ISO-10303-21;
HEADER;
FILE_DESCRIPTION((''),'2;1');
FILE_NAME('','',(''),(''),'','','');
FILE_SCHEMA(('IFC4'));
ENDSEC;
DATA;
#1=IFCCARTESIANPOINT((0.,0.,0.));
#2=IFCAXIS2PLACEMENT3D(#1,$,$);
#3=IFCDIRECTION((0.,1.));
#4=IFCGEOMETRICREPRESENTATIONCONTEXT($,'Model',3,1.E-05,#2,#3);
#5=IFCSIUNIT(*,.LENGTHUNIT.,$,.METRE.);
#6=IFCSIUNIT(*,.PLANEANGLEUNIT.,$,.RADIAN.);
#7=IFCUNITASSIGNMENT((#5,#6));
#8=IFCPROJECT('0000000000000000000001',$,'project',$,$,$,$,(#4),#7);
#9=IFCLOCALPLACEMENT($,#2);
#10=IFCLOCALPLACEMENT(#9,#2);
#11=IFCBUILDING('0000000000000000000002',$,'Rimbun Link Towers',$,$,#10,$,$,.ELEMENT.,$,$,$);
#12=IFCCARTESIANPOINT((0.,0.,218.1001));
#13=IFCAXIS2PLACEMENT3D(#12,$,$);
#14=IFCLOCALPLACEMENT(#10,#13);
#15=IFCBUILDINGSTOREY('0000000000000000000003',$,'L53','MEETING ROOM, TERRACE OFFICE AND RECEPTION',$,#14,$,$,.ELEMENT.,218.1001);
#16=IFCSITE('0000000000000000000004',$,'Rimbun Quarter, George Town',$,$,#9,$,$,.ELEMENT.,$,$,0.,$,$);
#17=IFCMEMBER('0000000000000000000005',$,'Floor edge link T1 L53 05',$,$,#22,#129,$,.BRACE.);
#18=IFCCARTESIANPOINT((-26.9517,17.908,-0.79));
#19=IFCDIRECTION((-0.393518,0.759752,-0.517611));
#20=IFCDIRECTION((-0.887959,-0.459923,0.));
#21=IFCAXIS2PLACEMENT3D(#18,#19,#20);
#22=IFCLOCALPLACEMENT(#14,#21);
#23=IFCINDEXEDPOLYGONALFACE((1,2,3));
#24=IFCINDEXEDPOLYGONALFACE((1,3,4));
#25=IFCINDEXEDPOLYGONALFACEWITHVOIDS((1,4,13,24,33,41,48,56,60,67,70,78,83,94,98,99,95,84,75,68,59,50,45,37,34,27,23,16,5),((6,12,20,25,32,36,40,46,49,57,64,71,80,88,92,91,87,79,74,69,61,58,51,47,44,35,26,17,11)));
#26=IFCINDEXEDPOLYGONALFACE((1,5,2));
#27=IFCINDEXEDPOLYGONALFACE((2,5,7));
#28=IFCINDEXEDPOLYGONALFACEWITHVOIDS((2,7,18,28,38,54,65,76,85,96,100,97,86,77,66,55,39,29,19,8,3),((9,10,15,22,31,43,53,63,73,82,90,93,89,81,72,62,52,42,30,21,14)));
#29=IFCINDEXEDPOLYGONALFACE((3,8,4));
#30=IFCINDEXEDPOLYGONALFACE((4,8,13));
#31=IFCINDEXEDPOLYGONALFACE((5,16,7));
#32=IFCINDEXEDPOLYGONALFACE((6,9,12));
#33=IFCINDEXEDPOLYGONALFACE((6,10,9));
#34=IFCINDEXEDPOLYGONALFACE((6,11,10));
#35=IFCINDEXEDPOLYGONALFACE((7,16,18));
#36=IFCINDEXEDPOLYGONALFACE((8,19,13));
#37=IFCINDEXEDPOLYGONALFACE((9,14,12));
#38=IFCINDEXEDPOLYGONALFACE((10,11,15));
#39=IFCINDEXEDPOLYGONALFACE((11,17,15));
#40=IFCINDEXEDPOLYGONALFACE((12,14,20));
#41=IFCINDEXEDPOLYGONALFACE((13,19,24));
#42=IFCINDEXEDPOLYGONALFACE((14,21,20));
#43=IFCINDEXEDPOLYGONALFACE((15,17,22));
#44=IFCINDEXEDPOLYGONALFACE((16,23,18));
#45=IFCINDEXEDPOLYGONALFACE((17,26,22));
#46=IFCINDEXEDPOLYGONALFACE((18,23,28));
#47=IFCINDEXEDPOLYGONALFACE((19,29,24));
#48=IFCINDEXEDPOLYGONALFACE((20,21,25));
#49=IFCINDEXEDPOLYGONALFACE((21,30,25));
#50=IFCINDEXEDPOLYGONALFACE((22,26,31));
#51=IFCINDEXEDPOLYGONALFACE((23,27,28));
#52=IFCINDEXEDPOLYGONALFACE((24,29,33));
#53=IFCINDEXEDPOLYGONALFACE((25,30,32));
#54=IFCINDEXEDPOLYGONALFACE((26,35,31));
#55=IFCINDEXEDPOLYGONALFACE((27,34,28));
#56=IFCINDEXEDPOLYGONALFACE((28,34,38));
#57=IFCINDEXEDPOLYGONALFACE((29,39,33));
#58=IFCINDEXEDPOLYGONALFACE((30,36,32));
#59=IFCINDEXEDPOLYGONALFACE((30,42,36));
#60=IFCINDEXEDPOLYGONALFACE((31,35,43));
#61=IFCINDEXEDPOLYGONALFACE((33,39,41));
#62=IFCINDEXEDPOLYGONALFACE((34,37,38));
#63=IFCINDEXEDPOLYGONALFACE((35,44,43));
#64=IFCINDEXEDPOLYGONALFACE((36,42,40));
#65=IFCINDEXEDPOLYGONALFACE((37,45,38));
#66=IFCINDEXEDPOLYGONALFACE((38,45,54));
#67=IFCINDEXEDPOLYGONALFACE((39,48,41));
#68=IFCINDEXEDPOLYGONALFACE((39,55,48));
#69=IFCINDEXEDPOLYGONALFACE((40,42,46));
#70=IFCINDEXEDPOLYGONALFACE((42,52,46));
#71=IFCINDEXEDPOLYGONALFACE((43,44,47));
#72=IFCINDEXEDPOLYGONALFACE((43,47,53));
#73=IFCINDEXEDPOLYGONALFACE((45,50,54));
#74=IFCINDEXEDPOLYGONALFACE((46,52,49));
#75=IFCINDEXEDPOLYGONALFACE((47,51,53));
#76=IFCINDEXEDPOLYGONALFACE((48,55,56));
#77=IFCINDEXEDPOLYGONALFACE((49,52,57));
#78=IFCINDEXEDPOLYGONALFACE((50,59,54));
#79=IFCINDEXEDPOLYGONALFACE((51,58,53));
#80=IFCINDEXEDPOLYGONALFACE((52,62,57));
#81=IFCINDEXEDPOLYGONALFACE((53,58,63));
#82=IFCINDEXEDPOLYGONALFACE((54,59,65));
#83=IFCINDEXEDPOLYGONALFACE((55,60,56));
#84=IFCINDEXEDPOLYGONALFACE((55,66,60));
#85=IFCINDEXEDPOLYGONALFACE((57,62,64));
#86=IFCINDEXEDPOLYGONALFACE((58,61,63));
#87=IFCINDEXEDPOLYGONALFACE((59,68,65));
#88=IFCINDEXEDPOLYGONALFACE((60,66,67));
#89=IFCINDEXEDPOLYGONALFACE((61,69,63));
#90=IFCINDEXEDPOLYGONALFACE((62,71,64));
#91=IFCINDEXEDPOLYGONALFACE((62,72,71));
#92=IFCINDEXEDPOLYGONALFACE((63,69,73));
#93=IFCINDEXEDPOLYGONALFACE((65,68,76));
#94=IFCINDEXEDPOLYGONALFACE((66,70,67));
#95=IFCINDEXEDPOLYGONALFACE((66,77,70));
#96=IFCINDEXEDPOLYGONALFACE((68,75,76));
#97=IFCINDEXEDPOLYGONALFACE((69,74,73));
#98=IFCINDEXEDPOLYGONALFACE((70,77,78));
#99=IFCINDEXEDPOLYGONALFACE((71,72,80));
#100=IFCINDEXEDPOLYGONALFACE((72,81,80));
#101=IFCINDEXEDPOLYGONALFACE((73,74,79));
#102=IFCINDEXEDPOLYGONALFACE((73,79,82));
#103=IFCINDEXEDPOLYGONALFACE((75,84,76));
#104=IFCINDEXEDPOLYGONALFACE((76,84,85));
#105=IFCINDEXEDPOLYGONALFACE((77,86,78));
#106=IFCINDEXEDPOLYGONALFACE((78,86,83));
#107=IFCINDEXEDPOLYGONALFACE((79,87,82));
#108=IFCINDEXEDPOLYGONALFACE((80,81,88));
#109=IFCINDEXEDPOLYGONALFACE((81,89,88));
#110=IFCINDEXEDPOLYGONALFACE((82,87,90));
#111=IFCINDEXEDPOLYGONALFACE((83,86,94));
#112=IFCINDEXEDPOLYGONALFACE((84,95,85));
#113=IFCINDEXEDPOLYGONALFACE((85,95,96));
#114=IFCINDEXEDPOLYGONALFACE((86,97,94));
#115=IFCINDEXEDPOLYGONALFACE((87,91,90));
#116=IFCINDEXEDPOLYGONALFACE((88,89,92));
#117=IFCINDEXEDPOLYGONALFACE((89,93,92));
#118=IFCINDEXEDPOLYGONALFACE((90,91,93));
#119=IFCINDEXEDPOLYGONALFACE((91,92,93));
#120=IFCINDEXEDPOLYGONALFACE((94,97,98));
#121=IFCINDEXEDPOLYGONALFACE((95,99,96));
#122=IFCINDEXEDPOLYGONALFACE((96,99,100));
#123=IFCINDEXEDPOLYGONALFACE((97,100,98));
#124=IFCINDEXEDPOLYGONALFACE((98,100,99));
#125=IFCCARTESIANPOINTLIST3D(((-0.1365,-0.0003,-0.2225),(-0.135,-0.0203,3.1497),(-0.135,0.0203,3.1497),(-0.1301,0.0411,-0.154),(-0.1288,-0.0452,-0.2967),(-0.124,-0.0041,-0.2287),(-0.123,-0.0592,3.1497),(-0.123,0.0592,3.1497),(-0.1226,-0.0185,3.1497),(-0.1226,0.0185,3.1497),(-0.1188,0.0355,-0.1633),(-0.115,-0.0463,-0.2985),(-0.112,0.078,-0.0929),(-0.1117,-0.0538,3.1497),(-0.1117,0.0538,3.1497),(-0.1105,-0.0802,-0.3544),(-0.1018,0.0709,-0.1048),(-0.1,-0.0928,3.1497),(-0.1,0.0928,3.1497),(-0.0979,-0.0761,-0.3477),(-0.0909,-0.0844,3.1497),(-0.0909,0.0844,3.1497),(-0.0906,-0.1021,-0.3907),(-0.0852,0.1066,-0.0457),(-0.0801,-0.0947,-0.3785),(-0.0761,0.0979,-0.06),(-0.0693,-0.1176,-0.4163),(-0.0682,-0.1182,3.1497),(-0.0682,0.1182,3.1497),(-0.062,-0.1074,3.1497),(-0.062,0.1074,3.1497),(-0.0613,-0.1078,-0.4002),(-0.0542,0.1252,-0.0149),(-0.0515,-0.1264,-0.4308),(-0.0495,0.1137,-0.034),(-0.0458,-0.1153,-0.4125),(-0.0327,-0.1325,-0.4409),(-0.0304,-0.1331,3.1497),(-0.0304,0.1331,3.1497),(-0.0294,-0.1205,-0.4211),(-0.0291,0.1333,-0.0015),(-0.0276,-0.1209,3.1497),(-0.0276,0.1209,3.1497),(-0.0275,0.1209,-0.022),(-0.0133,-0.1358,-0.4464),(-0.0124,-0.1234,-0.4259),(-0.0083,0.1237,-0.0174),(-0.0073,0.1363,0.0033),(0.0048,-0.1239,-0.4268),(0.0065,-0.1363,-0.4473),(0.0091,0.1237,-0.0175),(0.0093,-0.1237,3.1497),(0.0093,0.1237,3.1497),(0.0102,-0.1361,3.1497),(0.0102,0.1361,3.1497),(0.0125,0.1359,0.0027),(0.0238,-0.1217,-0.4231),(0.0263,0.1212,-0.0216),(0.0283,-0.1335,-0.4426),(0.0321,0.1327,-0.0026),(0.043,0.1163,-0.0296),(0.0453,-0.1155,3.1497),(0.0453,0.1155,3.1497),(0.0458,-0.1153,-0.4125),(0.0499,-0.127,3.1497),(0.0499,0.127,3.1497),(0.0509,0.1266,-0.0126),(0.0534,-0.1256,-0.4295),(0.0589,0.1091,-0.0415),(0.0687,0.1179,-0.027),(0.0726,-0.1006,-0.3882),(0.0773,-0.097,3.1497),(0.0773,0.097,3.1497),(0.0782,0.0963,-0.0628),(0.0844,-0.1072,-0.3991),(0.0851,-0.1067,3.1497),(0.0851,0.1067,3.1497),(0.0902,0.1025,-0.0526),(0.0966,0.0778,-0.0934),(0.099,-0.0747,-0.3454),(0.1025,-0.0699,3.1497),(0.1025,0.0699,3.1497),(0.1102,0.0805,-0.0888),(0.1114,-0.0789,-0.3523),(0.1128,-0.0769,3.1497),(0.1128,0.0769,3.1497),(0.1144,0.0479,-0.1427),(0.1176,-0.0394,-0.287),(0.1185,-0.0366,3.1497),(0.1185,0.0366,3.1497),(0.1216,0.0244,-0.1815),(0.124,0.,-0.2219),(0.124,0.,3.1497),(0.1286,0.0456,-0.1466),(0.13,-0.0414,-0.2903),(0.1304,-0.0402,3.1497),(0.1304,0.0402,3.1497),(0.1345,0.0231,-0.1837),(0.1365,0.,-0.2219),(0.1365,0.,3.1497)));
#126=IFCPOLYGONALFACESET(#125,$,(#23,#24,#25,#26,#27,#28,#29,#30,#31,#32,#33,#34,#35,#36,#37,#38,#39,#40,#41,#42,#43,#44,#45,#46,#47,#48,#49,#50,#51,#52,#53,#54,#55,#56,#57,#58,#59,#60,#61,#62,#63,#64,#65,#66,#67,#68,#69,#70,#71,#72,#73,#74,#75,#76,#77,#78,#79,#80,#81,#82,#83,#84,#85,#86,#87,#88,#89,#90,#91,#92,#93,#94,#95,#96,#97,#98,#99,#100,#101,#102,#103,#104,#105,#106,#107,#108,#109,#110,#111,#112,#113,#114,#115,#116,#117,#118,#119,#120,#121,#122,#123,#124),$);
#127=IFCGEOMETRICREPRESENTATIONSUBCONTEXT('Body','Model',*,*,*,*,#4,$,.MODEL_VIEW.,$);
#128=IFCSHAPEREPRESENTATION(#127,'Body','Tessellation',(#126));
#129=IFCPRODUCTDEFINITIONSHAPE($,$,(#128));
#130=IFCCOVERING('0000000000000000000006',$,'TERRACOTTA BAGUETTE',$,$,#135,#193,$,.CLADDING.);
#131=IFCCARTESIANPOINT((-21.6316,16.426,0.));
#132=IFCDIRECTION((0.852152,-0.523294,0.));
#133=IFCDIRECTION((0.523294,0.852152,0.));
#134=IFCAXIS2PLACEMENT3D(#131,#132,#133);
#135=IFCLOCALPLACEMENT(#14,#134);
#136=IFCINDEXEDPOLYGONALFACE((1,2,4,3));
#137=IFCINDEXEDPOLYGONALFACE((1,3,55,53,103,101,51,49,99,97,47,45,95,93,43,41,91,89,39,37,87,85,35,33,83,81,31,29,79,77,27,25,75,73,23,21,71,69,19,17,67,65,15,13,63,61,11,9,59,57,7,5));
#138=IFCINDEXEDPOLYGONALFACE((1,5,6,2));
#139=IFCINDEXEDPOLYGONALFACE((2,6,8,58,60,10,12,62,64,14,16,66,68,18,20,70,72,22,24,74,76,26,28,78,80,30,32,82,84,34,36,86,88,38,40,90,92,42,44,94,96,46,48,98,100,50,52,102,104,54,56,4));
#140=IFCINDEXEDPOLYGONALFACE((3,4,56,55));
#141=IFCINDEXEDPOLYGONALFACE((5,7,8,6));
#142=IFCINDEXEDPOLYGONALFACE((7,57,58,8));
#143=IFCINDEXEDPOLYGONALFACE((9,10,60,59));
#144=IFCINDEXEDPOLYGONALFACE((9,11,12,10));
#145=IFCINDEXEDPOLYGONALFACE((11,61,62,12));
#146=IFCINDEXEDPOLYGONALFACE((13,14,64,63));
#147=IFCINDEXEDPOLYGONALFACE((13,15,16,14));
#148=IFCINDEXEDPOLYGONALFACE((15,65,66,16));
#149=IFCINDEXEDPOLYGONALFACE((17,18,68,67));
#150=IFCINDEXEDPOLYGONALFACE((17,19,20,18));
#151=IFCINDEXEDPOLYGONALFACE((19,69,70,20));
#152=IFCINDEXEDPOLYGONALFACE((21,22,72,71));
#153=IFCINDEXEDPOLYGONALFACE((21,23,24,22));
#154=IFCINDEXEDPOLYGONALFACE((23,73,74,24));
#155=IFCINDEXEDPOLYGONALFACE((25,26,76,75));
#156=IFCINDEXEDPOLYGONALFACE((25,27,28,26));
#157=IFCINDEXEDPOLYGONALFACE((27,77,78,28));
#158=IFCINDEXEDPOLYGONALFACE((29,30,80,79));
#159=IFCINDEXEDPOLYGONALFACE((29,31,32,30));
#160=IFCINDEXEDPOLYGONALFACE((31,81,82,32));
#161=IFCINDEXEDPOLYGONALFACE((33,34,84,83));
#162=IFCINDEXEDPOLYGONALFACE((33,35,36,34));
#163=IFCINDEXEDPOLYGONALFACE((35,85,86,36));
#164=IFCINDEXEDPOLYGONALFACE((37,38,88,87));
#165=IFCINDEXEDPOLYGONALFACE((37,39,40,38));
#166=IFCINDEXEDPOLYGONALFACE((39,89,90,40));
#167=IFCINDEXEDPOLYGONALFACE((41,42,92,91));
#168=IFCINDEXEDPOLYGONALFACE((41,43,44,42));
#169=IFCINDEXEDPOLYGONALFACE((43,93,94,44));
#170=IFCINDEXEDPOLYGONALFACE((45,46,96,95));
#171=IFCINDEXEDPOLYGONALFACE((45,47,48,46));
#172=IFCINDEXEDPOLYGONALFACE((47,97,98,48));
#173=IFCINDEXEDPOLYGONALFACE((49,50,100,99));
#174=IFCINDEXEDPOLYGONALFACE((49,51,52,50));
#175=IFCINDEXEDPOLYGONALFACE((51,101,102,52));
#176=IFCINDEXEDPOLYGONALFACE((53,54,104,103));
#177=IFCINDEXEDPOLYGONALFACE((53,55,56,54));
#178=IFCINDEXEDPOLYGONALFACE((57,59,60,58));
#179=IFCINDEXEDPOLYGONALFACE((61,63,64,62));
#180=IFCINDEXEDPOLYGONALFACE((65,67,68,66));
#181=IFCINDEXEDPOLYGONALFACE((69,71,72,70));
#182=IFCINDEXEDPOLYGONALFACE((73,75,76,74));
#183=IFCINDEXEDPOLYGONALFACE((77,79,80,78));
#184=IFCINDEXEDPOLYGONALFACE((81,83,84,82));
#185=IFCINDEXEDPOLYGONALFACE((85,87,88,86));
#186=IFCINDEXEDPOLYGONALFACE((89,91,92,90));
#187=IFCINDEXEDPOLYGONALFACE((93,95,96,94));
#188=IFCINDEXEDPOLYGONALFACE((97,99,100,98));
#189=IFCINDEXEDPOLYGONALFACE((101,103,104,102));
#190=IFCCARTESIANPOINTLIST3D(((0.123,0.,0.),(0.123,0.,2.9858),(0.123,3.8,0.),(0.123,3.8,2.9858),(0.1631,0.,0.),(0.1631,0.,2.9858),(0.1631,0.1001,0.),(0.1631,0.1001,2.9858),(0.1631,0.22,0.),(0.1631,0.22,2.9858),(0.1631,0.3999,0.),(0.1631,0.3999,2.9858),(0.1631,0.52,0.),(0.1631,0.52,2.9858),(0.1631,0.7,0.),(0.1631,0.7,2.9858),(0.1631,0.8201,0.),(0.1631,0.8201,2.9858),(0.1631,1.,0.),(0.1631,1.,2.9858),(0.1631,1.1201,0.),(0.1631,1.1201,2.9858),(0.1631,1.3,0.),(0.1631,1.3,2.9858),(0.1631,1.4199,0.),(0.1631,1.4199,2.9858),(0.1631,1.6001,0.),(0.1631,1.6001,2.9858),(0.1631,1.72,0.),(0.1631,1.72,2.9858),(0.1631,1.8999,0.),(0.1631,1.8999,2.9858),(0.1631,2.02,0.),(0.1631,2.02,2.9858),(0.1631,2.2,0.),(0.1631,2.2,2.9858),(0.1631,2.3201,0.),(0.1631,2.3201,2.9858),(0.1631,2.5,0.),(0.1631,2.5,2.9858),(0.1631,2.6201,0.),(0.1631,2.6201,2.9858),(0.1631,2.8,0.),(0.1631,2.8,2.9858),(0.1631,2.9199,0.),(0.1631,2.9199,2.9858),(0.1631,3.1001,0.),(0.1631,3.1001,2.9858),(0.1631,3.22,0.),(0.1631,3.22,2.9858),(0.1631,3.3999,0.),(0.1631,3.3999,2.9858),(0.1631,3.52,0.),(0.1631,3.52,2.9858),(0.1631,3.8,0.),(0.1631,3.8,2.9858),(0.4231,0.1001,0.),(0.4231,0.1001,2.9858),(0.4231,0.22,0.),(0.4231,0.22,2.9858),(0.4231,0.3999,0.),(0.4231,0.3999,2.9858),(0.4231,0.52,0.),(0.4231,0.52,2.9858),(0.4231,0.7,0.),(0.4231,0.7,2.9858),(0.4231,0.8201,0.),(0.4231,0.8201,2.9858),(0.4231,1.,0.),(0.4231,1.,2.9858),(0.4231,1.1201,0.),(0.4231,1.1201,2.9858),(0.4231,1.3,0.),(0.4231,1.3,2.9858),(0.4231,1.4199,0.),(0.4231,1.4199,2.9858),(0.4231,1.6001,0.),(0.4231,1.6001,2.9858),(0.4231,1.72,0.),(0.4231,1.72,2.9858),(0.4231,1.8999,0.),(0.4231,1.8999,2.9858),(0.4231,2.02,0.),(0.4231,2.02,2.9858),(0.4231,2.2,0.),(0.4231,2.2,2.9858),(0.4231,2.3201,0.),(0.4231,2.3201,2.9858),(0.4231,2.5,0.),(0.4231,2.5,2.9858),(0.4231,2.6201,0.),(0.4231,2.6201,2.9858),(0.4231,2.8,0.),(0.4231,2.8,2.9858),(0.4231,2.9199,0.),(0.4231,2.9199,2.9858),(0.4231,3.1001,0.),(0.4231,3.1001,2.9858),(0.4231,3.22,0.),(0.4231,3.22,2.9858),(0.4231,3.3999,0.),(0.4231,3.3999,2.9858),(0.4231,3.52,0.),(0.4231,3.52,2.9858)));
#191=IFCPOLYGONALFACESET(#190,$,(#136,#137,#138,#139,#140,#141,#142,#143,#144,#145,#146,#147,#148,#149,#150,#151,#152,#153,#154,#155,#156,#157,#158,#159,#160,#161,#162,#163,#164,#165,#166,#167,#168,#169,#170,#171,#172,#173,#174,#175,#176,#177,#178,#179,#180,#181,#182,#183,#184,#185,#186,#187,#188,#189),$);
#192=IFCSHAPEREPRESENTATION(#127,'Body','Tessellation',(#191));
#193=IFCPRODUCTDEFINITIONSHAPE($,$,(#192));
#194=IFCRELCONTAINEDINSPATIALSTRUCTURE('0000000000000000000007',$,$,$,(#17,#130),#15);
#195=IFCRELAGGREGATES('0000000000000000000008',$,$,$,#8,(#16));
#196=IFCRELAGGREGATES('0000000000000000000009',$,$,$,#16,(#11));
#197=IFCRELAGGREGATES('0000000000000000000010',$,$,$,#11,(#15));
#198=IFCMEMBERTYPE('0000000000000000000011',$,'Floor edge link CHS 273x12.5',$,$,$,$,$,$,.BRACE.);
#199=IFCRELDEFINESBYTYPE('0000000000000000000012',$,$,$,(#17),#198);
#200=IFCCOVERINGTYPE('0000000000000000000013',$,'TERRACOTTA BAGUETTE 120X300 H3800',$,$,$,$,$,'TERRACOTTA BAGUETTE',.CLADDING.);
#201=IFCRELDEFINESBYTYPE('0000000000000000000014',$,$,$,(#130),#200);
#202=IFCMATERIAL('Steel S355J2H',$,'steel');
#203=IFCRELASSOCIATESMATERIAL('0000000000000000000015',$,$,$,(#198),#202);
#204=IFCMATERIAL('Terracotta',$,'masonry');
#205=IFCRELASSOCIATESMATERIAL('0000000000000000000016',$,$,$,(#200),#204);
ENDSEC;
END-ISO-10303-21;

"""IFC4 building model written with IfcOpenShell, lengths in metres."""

from ifc_helpers import new_model, si_unit, direction, frame, origin, origin_2d, place, context, subcontext, project, spatial, polyline, hollow_circle, outline, extrude, clip, halfspace, material, material_profile, profile_set, type_object, element, save


model = new_model("IFC4")

# Units and contexts
model_context = context("Model", 3, precision=1e-05, world=origin(), true_north=direction((0.0, 1.0)))
body_context = subcontext(model_context, "Body", "Model", "MODEL_VIEW")
ifc_project = project(units=[si_unit("LENGTHUNIT", "METRE"), si_unit("PLANEANGLEUNIT", "RADIAN")], contexts=[model_context])

# Site, building, storey
site_placement = place(None, origin())
site = spatial("IfcSite", under=ifc_project, at=site_placement, Name="Rimbun Quarter, George Town", CompositionType="ELEMENT", RefElevation=0.0)
building_placement = place(site_placement, origin())
building = spatial("IfcBuilding", under=site, at=building_placement, Name="Rimbun Link Towers", CompositionType="ELEMENT")
storey_placement = place(building_placement, frame((0.0, 0.0, 218.1001)))
storey = spatial("IfcBuildingStorey", under=building, at=storey_placement, Name="L53", Description="MEETING ROOM, TERRACE OFFICE AND RECEPTION", CompositionType="ELEMENT", Elevation=218.1001)

# Member
ifc_material_1 = material(Name="Steel S355J2H", Category="steel")
ifc_material_profile_1 = material_profile(ifc_material_1, hollow_circle(Radius=0.1365, WallThickness=0.0125, at=origin_2d()), Name="CHS 273x12.5")
ifc_profile_set_1 = profile_set([ifc_material_profile_1], Name="Steel S355J2H")
member_type_1 = type_object("IfcMemberType", Name="Floor edge link CHS 273x12.5", PredefinedType="BRACE", material=ifc_profile_set_1)
member_1_placement = place(storey_placement, frame((-26.9517, 17.908, -0.79), z_axis=(-0.393518, 0.759752, -0.517611), x_axis=(-0.887959, -0.459923, 0.0)))
element("IfcMember", 1, at=member_1_placement, inside=storey, type_object=member_type_1, Name="Floor edge link T1 L53 05", PredefinedType="BRACE", context=body_context, shape_type="Clipping", body=[
    clip(extrude(hollow_circle(Radius=0.1365, WallThickness=0.0125, at=origin_2d()), frame((0.0, 0.0, -0.4707)), (0.0, 0.0, 1.0), 3.6204), halfspace(frame((0.0, 0.0, -0.2219), z_axis=(0.0, 0.855616, -0.517611)), False)),
])

# Covering
ifc_material_2 = material(Name="Terracotta", Category="masonry")
ifc_material_profile_2 = material_profile(ifc_material_2, outline(polyline([(0.123, 0.0), (0.1631, 0.0), (0.1631, 0.1001), (0.4231, 0.1001), (0.4231, 0.22), (0.1631, 0.22), (0.1631, 0.3999), (0.4231, 0.3999), (0.4231, 0.52), (0.1631, 0.52), (0.1631, 0.7), (0.4231, 0.7), (0.4231, 0.8201), (0.1631, 0.8201), (0.1631, 1.0), (0.4231, 1.0), (0.4231, 1.1201), (0.1631, 1.1201), (0.1631, 1.3), (0.4231, 1.3), (0.4231, 1.4199), (0.1631, 1.4199), (0.1631, 1.6001), (0.4231, 1.6001), (0.4231, 1.72), (0.1631, 1.72), (0.1631, 1.8999), (0.4231, 1.8999), (0.4231, 2.02), (0.1631, 2.02), (0.1631, 2.2), (0.4231, 2.2), (0.4231, 2.3201), (0.1631, 2.3201), (0.1631, 2.5), (0.4231, 2.5), (0.4231, 2.6201), (0.1631, 2.6201), (0.1631, 2.8), (0.4231, 2.8), (0.4231, 2.9199), (0.1631, 2.9199), (0.1631, 3.1001), (0.4231, 3.1001), (0.4231, 3.22), (0.1631, 3.22), (0.1631, 3.3999), (0.4231, 3.3999), (0.4231, 3.52), (0.1631, 3.52), (0.1631, 3.8), (0.123, 3.8), (0.123, 0.0)])), Name="BAGUETTE 120X300")
ifc_profile_set_2 = profile_set([ifc_material_profile_2], Name="Terracotta")
covering_type = type_object("IfcCoveringType", Name="TERRACOTTA BAGUETTE 120X300 H3800", ElementType="TERRACOTTA BAGUETTE", PredefinedType="CLADDING", material=ifc_profile_set_2)
covering_1_placement = place(storey_placement, frame((-21.6316, 16.426, 0.0), z_axis=(0.852152, -0.523294, 0.0), x_axis=(0.523294, 0.852152, 0.0)))
element("IfcCovering", 2, at=covering_1_placement, inside=storey, type_object=covering_type, Name="TERRACOTTA BAGUETTE", PredefinedType="CLADDING", context=body_context, shape_type="SweptSolid", body=[
    extrude(outline(polyline([(0.123, 0.0), (0.1631, 0.0), (0.1631, 0.1001), (0.4231, 0.1001), (0.4231, 0.22), (0.1631, 0.22), (0.1631, 0.3999), (0.4231, 0.3999), (0.4231, 0.52), (0.1631, 0.52), (0.1631, 0.7), (0.4231, 0.7), (0.4231, 0.8201), (0.1631, 0.8201), (0.1631, 1.0), (0.4231, 1.0), (0.4231, 1.1201), (0.1631, 1.1201), (0.1631, 1.3), (0.4231, 1.3), (0.4231, 1.4199), (0.1631, 1.4199), (0.1631, 1.6001), (0.4231, 1.6001), (0.4231, 1.72), (0.1631, 1.72), (0.1631, 1.8999), (0.4231, 1.8999), (0.4231, 2.02), (0.1631, 2.02), (0.1631, 2.2), (0.4231, 2.2), (0.4231, 2.3201), (0.1631, 2.3201), (0.1631, 2.5), (0.4231, 2.5), (0.4231, 2.6201), (0.1631, 2.6201), (0.1631, 2.8), (0.4231, 2.8), (0.4231, 2.9199), (0.1631, 2.9199), (0.1631, 3.1001), (0.4231, 3.1001), (0.4231, 3.22), (0.1631, 3.22), (0.1631, 3.3999), (0.4231, 3.3999), (0.4231, 3.52), (0.1631, 3.52), (0.1631, 3.8), (0.123, 3.8), (0.123, 0.0)])), origin(), (0.0, 0.0, 1.0), 2.9858),
])

save(model, "model.ifc")
